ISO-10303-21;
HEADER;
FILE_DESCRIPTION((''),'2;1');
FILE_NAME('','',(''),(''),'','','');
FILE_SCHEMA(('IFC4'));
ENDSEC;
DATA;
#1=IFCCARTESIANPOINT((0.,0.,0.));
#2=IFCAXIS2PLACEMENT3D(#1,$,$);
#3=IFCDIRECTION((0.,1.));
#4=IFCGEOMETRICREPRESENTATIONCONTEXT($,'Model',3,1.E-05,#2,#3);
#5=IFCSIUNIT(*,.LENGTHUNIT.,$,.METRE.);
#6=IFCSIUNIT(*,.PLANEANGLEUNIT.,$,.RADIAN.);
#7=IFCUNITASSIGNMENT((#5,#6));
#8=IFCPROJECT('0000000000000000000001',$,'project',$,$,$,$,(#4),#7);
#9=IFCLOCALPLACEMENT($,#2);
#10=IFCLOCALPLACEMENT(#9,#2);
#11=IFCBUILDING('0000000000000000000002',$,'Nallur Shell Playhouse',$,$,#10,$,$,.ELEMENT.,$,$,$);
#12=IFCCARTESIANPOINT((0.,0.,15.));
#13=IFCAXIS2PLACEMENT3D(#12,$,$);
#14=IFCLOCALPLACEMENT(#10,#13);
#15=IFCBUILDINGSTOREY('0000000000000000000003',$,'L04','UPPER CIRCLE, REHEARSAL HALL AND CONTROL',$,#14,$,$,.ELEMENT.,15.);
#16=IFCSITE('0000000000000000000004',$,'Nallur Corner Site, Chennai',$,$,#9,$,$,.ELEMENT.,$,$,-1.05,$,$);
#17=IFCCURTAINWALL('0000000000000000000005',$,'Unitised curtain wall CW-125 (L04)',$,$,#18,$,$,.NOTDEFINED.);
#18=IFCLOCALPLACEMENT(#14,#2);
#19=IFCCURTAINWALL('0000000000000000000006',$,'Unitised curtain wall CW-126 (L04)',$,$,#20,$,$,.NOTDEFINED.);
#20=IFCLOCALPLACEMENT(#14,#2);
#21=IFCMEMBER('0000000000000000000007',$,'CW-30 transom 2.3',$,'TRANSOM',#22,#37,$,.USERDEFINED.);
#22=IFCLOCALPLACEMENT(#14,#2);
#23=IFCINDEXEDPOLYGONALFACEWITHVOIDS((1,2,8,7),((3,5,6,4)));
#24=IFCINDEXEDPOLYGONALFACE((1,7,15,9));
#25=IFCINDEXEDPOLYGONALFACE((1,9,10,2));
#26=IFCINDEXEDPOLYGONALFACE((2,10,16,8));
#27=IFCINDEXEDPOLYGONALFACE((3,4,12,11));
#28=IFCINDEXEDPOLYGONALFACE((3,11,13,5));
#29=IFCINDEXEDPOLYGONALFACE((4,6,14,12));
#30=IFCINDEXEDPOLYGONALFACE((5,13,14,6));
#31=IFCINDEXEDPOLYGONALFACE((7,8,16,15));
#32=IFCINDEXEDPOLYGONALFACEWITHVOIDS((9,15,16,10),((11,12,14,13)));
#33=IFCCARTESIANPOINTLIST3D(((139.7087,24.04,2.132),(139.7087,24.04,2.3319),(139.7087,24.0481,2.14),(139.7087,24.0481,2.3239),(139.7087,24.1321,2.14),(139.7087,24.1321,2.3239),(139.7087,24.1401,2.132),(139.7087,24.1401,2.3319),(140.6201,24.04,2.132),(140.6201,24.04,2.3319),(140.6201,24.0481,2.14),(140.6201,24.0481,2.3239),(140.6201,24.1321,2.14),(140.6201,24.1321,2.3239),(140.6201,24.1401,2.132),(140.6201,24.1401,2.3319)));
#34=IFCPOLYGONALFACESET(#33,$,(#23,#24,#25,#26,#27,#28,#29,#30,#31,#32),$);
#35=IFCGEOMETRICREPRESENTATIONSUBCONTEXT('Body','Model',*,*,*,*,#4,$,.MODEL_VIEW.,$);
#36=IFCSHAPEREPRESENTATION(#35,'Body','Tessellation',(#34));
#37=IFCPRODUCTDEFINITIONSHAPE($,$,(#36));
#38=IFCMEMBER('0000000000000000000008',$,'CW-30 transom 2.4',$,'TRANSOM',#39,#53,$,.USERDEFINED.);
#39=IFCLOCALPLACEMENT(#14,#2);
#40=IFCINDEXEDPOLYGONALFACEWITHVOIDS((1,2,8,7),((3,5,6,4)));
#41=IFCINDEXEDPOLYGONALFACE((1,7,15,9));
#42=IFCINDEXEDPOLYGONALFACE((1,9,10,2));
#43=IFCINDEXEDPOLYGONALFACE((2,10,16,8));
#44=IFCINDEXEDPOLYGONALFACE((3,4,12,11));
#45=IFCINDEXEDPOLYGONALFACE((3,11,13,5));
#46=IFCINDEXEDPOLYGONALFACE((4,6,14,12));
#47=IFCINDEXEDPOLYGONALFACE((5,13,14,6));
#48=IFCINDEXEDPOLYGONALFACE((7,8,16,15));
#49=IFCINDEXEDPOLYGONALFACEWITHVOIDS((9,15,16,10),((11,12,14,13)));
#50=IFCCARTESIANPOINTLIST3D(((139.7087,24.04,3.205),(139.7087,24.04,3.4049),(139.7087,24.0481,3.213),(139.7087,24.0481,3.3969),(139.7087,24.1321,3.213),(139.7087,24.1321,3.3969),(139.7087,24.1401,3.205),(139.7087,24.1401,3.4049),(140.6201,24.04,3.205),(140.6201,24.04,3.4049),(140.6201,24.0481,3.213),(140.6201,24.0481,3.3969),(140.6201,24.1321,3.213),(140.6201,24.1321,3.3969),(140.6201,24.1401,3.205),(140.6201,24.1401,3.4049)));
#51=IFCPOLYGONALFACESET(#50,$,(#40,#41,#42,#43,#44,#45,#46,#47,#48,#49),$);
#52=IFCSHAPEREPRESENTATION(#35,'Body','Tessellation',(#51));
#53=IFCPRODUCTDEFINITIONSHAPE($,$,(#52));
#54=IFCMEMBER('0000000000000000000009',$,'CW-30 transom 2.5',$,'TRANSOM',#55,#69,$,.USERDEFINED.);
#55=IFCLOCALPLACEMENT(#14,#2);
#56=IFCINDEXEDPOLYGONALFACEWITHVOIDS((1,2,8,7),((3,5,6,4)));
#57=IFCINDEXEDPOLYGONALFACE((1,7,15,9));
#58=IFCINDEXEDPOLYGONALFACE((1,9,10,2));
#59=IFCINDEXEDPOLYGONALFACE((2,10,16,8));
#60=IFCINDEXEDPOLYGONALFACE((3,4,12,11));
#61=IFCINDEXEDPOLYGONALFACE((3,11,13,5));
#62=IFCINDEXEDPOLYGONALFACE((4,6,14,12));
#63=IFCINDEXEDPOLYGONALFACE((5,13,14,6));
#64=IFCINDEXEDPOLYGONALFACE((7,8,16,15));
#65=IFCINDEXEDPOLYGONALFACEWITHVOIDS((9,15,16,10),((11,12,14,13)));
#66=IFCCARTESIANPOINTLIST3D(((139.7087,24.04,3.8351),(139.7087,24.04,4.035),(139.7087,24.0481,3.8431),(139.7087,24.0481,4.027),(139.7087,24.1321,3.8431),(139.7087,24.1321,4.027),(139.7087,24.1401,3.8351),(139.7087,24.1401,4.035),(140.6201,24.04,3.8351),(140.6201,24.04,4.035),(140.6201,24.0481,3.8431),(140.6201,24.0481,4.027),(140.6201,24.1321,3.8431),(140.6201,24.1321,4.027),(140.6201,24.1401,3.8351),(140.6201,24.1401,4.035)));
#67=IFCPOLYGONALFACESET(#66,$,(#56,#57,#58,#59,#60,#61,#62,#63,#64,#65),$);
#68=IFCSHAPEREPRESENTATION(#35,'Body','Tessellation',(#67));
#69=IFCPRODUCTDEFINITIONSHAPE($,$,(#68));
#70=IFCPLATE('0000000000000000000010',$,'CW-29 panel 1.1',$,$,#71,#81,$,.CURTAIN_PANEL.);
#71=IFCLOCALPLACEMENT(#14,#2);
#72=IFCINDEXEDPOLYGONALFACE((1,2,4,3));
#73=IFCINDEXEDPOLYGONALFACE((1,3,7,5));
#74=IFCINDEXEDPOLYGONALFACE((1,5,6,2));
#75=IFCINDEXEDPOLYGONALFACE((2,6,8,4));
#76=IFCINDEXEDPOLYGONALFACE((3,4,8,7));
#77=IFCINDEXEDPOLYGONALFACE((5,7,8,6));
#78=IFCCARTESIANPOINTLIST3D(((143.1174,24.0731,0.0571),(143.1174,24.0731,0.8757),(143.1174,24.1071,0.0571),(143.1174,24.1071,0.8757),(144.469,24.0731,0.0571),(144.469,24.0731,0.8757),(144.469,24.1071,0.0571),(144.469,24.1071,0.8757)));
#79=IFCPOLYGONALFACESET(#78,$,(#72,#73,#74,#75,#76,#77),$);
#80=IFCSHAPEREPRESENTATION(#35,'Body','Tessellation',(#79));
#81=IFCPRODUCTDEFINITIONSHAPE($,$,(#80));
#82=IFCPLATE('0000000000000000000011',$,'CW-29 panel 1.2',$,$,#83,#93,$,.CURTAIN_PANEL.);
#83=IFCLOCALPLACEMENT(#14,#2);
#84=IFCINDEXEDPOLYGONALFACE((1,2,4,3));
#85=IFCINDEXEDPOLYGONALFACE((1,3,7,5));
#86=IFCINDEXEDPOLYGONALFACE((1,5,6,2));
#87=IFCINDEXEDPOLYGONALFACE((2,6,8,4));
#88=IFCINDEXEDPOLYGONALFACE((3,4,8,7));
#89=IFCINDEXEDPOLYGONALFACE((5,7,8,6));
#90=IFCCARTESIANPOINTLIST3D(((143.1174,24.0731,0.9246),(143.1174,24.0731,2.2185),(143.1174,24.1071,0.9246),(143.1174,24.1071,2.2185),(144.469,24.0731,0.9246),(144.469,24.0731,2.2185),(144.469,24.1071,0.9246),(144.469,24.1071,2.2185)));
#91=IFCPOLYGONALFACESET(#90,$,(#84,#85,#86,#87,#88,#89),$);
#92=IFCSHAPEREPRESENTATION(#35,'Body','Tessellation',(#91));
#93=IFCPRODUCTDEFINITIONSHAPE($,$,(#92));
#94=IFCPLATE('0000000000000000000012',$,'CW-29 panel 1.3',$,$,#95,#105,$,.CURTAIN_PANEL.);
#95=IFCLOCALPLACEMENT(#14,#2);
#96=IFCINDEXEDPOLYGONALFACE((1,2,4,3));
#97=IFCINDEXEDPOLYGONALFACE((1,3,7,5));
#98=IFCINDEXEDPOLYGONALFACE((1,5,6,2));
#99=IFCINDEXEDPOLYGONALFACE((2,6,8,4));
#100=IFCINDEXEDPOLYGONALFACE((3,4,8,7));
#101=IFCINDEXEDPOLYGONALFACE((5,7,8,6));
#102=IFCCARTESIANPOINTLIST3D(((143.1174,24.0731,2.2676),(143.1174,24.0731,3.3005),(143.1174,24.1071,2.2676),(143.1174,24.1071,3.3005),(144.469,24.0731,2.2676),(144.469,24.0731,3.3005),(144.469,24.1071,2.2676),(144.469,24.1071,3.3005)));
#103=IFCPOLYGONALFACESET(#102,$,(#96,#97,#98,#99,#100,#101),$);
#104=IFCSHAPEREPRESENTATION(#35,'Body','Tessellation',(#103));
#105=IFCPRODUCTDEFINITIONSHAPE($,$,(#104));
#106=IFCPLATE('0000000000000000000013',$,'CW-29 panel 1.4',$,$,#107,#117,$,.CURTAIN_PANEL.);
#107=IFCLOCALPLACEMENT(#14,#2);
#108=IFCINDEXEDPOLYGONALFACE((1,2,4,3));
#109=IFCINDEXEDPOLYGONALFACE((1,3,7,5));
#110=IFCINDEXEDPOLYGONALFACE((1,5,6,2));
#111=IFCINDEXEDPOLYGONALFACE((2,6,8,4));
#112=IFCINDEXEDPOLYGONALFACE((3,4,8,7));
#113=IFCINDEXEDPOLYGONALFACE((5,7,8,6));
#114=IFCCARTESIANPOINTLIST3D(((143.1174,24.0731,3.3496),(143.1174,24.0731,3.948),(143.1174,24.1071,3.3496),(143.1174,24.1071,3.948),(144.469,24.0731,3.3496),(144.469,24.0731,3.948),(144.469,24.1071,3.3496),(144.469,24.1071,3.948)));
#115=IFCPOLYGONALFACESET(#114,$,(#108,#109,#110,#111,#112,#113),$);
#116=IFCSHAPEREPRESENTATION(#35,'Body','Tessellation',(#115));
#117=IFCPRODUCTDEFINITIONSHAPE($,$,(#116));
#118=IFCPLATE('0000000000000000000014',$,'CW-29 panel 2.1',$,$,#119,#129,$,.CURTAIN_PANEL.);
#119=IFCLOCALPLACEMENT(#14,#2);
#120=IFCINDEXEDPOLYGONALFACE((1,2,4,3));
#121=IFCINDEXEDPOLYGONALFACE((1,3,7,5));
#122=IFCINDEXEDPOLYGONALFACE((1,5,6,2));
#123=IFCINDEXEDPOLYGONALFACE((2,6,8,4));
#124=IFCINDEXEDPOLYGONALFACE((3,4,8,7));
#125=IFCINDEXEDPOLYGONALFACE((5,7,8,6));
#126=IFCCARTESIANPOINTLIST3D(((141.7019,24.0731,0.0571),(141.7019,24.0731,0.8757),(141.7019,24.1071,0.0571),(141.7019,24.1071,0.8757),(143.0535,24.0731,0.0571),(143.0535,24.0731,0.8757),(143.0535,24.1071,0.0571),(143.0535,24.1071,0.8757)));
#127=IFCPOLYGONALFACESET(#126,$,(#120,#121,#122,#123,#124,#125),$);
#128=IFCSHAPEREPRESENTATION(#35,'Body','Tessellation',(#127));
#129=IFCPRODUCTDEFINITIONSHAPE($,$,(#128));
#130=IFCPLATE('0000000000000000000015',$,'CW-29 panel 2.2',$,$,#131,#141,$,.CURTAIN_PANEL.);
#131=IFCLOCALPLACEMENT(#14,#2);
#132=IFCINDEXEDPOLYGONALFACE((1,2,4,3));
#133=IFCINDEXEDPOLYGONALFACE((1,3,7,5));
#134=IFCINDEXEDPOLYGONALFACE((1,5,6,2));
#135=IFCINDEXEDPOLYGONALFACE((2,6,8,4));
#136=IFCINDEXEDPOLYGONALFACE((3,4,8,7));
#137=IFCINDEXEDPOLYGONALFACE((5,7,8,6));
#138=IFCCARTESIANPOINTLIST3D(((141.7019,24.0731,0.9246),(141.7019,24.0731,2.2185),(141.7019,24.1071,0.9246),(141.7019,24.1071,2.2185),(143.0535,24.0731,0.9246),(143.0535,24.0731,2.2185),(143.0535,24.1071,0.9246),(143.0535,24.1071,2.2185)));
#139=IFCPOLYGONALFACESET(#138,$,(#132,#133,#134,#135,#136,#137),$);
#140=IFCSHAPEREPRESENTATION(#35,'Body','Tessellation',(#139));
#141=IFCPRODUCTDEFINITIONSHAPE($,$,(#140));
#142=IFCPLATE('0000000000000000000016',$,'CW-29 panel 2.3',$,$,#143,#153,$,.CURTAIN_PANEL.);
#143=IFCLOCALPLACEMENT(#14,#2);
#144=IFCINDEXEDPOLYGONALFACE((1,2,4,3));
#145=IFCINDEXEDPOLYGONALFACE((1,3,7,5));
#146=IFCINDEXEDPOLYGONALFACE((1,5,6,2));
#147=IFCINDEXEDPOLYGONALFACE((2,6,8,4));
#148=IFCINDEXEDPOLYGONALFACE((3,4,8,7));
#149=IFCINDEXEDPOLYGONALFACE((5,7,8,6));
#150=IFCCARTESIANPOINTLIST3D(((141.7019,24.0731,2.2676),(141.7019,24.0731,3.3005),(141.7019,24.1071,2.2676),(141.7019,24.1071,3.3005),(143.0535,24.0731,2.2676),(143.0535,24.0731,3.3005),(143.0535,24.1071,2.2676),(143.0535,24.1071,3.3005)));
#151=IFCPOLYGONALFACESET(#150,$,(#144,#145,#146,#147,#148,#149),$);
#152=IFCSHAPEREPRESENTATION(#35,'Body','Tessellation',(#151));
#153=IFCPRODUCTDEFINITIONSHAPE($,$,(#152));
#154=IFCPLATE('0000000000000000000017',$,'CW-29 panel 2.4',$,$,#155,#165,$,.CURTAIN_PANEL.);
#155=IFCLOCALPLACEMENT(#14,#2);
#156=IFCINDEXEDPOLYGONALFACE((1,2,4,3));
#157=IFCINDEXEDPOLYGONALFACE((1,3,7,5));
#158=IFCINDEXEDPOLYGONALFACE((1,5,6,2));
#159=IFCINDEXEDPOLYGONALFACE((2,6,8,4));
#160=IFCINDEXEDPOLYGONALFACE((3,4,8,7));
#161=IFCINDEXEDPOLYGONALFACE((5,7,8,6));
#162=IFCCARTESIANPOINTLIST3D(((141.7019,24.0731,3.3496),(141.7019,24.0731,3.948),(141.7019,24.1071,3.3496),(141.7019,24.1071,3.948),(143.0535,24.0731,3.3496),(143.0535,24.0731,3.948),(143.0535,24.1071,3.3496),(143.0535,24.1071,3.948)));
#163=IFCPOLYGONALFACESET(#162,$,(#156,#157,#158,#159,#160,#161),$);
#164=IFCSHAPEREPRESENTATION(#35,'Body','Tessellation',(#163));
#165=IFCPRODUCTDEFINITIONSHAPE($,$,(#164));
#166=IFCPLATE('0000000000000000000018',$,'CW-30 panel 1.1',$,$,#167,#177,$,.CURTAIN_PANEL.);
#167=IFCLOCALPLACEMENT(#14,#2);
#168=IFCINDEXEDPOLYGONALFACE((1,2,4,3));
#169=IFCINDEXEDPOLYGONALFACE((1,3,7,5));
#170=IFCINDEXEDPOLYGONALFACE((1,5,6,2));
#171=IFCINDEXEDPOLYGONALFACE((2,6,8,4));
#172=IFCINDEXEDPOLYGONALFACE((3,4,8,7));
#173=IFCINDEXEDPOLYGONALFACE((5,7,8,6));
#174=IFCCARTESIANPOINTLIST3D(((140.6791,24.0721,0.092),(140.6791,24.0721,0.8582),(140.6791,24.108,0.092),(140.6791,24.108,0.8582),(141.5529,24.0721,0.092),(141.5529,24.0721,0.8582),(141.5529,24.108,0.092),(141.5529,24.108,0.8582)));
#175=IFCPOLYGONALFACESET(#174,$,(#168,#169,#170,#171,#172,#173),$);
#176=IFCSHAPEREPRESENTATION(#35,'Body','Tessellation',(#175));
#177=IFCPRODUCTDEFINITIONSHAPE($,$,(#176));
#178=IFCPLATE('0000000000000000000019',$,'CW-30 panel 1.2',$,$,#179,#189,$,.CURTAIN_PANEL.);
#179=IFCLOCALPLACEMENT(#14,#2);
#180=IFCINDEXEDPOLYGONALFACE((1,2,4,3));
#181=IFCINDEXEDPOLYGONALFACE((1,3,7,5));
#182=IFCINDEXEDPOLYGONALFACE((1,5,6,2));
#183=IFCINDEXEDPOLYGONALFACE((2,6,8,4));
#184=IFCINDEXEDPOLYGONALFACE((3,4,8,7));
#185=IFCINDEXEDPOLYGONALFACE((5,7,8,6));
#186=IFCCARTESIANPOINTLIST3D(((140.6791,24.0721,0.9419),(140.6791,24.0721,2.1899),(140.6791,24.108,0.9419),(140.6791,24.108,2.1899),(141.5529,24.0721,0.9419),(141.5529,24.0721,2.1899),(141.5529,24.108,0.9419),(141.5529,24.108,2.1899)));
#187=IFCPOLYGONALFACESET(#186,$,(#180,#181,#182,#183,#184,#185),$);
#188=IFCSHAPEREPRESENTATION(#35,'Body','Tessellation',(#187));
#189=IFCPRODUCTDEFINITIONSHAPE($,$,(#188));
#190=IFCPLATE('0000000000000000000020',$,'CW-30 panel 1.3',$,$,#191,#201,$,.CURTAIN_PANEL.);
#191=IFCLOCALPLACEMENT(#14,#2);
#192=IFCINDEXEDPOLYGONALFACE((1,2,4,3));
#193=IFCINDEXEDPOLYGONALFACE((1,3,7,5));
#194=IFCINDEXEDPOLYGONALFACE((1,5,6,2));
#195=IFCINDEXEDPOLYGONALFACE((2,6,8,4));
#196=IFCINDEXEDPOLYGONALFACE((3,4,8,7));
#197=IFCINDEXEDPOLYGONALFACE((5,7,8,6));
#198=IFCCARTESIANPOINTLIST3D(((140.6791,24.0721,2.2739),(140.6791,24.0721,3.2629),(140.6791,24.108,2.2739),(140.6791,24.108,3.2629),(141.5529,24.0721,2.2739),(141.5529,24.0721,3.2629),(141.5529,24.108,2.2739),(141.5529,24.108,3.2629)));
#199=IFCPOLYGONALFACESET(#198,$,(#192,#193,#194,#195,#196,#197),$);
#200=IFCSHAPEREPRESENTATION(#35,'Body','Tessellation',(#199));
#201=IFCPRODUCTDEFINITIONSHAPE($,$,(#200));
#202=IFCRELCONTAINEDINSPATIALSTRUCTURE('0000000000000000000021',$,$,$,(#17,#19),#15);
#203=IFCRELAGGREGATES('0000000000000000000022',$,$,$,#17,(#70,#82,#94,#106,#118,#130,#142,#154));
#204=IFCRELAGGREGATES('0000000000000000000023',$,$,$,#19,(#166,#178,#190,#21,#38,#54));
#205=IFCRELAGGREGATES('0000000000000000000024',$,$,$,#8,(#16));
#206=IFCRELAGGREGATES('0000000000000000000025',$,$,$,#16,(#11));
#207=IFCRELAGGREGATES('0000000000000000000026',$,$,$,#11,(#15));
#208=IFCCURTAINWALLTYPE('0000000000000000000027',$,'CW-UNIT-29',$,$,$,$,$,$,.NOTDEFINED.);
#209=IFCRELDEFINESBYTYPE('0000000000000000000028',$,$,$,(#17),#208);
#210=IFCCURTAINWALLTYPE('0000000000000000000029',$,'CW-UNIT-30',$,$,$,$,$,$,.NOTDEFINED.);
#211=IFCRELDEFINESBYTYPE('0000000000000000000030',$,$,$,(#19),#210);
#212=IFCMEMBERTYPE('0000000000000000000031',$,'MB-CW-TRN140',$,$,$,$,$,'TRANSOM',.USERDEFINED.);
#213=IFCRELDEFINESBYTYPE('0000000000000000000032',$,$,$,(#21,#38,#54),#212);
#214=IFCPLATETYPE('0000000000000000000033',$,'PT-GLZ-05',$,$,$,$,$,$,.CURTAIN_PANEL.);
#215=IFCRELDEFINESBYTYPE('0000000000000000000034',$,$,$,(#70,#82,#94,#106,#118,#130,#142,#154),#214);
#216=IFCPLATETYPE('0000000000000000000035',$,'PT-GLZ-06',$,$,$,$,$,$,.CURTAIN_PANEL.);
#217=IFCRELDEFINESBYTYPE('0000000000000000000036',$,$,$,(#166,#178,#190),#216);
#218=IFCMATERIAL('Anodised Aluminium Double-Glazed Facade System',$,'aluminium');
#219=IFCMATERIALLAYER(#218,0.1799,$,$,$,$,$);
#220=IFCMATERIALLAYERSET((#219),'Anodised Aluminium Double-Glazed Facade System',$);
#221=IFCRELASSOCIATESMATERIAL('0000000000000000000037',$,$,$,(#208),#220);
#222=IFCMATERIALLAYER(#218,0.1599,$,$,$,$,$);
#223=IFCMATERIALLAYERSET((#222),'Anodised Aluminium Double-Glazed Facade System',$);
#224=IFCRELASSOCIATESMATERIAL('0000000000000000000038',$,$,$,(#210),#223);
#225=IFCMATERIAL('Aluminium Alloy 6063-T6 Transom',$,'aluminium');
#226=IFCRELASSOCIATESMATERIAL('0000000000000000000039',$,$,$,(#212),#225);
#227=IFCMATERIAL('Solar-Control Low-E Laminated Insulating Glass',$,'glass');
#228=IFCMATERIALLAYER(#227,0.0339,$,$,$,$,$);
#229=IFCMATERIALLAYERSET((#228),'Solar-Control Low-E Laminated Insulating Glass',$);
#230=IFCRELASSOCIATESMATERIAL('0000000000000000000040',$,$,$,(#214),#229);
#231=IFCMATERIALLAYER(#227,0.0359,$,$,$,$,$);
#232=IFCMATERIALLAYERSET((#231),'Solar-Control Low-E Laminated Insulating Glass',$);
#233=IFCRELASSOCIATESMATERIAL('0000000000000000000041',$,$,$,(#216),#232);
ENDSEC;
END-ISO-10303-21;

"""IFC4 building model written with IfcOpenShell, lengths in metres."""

from ifc_helpers import new_model, si_unit, direction, frame, origin, origin_2d, place, context, subcontext, project, spatial, rectangle, hollow_rectangle, extrude, material, layer, layer_set, material_profile, profile_set, type_object, element, aggregate, save


model = new_model("IFC4")

# Units and contexts
model_context = context("Model", 3, precision=1e-05, world=origin(), true_north=direction((0.0, 1.0)))
body_context = subcontext(model_context, "Body", "Model", "MODEL_VIEW")
ifc_project = project(units=[si_unit("LENGTHUNIT", "METRE"), si_unit("PLANEANGLEUNIT", "RADIAN")], contexts=[model_context])

# Site, building, storey
site_placement = place(None, origin())
site = spatial("IfcSite", under=ifc_project, at=site_placement, Name="Nallur Corner Site, Chennai", CompositionType="ELEMENT", RefElevation=-1.05)
building_placement = place(site_placement, origin())
building = spatial("IfcBuilding", under=site, at=building_placement, Name="Nallur Shell Playhouse", CompositionType="ELEMENT")
storey_placement = place(building_placement, frame((0.0, 0.0, 15.0)))
storey = spatial("IfcBuildingStorey", under=building, at=storey_placement, Name="L04", Description="UPPER CIRCLE, REHEARSAL HALL AND CONTROL", CompositionType="ELEMENT", Elevation=15.0)

# Curtain walls
ifc_material_1 = material(Name="Anodised Aluminium Double-Glazed Facade System", Category="aluminium")
ifc_layer_1 = layer(ifc_material_1, 0.1799)
ifc_layer_set_1 = layer_set([ifc_layer_1], Name="Anodised Aluminium Double-Glazed Facade System")
curtain_wall_type_1 = type_object("IfcCurtainWallType", Name="CW-UNIT-29", PredefinedType="NOTDEFINED", material=ifc_layer_set_1)
curtain_wall_1_placement = place(storey_placement, origin())
curtain_wall_1 = element("IfcCurtainWall", 1, at=curtain_wall_1_placement, inside=storey, type_object=curtain_wall_type_1, Name="Unitised curtain wall CW-125 (L04)", PredefinedType="NOTDEFINED")
ifc_layer_2 = layer(ifc_material_1, 0.1599)
ifc_layer_set_2 = layer_set([ifc_layer_2], Name="Anodised Aluminium Double-Glazed Facade System")
curtain_wall_type_2 = type_object("IfcCurtainWallType", Name="CW-UNIT-30", PredefinedType="NOTDEFINED", material=ifc_layer_set_2)
curtain_wall_2_placement = place(storey_placement, origin())
curtain_wall_2 = element("IfcCurtainWall", 2, at=curtain_wall_2_placement, inside=storey, type_object=curtain_wall_type_2, Name="Unitised curtain wall CW-126 (L04)", PredefinedType="NOTDEFINED")

# Members
ifc_material_2 = material(Name="Aluminium Alloy 6063-T6 Transom", Category="aluminium")
ifc_material_profile_1 = material_profile(ifc_material_2, hollow_rectangle(XDim=0.1001, YDim=0.2, WallThickness=0.0081, at=origin_2d()), Name="RHS 200x100x8")
ifc_profile_set_1 = profile_set([ifc_material_profile_1], Name="Aluminium Alloy 6063-T6 Transom")
member_type_1 = type_object("IfcMemberType", Name="MB-CW-TRN140", ElementType="TRANSOM", PredefinedType="USERDEFINED", material=ifc_profile_set_1)
member_1_placement = place(storey_placement, frame((140.6201, 24.0901, 2.2319), z_axis=(-1.0, 0.0, 0.0), x_axis=(0.0, -1.0, 0.0)))
member_1 = element("IfcMember", 3, at=member_1_placement, type_object=member_type_1, Name="CW-30 transom 2.3", ObjectType="TRANSOM", PredefinedType="USERDEFINED", context=body_context, shape_type="SweptSolid", body=[
    extrude(hollow_rectangle(XDim=0.1001, YDim=0.2, WallThickness=0.0081, at=origin_2d()), origin(), (0.0, 0.0, 1.0), 0.9114),
])
member_2_placement = place(storey_placement, frame((140.6201, 24.0901, 3.3049), z_axis=(-1.0, 0.0, 0.0), x_axis=(0.0, -1.0, 0.0)))
member_2 = element("IfcMember", 4, at=member_2_placement, type_object=member_type_1, Name="CW-30 transom 2.4", ObjectType="TRANSOM", PredefinedType="USERDEFINED", context=body_context, shape_type="SweptSolid", body=[
    extrude(hollow_rectangle(XDim=0.1001, YDim=0.2, WallThickness=0.0081, at=origin_2d()), origin(), (0.0, 0.0, 1.0), 0.9114),
])
member_3_placement = place(storey_placement, frame((140.6201, 24.0901, 3.9351), z_axis=(-1.0, 0.0, 0.0), x_axis=(0.0, -1.0, 0.0)))
member_3 = element("IfcMember", 5, at=member_3_placement, type_object=member_type_1, Name="CW-30 transom 2.5", ObjectType="TRANSOM", PredefinedType="USERDEFINED", context=body_context, shape_type="SweptSolid", body=[
    extrude(hollow_rectangle(XDim=0.1001, YDim=0.2, WallThickness=0.0081, at=origin_2d()), origin(), (0.0, 0.0, 1.0), 0.9114),
])

# Plates
ifc_material_3 = material(Name="Solar-Control Low-E Laminated Insulating Glass", Category="glass")
ifc_layer_3 = layer(ifc_material_3, 0.0339)
ifc_layer_set_3 = layer_set([ifc_layer_3], Name="Solar-Control Low-E Laminated Insulating Glass")
plate_type_1 = type_object("IfcPlateType", Name="PT-GLZ-05", PredefinedType="CURTAIN_PANEL", material=ifc_layer_set_3)
plate_1_placement = place(storey_placement, frame((143.7932, 24.0901, 0.0571), z_axis=(0.0, 0.0, 1.0), x_axis=(-1.0, 0.0, 0.0)))
plate_1 = element("IfcPlate", 6, at=plate_1_placement, type_object=plate_type_1, Name="CW-29 panel 1.1", PredefinedType="CURTAIN_PANEL", context=body_context, shape_type="SweptSolid", body=[
    extrude(rectangle(XDim=1.3516, YDim=0.0339, at=origin_2d()), origin(), (0.0, 0.0, 1.0), 0.8186),
])
plate_2_placement = place(storey_placement, frame((143.7932, 24.0901, 0.9246), z_axis=(0.0, 0.0, 1.0), x_axis=(-1.0, 0.0, 0.0)))
plate_2 = element("IfcPlate", 7, at=plate_2_placement, type_object=plate_type_1, Name="CW-29 panel 1.2", PredefinedType="CURTAIN_PANEL", context=body_context, shape_type="SweptSolid", body=[
    extrude(rectangle(XDim=1.3516, YDim=0.0339, at=origin_2d()), origin(), (0.0, 0.0, 1.0), 1.2939),
])
plate_3_placement = place(storey_placement, frame((143.7932, 24.0901, 2.2676), z_axis=(0.0, 0.0, 1.0), x_axis=(-1.0, 0.0, 0.0)))
plate_3 = element("IfcPlate", 8, at=plate_3_placement, type_object=plate_type_1, Name="CW-29 panel 1.3", PredefinedType="CURTAIN_PANEL", context=body_context, shape_type="SweptSolid", body=[
    extrude(rectangle(XDim=1.3516, YDim=0.0339, at=origin_2d()), origin(), (0.0, 0.0, 1.0), 1.033),
])
plate_4_placement = place(storey_placement, frame((143.7932, 24.0901, 3.3496), z_axis=(0.0, 0.0, 1.0), x_axis=(-1.0, 0.0, 0.0)))
plate_4 = element("IfcPlate", 9, at=plate_4_placement, type_object=plate_type_1, Name="CW-29 panel 1.4", PredefinedType="CURTAIN_PANEL", context=body_context, shape_type="SweptSolid", body=[
    extrude(rectangle(XDim=1.3516, YDim=0.0339, at=origin_2d()), origin(), (0.0, 0.0, 1.0), 0.5984),
])
plate_5_placement = place(storey_placement, frame((142.3777, 24.0901, 0.0571), z_axis=(0.0, 0.0, 1.0), x_axis=(-1.0, 0.0, 0.0)))
plate_5 = element("IfcPlate", 10, at=plate_5_placement, type_object=plate_type_1, Name="CW-29 panel 2.1", PredefinedType="CURTAIN_PANEL", context=body_context, shape_type="SweptSolid", body=[
    extrude(rectangle(XDim=1.3516, YDim=0.0339, at=origin_2d()), origin(), (0.0, 0.0, 1.0), 0.8186),
])
plate_6_placement = place(storey_placement, frame((142.3777, 24.0901, 0.9246), z_axis=(0.0, 0.0, 1.0), x_axis=(-1.0, 0.0, 0.0)))
plate_6 = element("IfcPlate", 11, at=plate_6_placement, type_object=plate_type_1, Name="CW-29 panel 2.2", PredefinedType="CURTAIN_PANEL", context=body_context, shape_type="SweptSolid", body=[
    extrude(rectangle(XDim=1.3516, YDim=0.0339, at=origin_2d()), origin(), (0.0, 0.0, 1.0), 1.2939),
])
plate_7_placement = place(storey_placement, frame((142.3777, 24.0901, 2.2676), z_axis=(0.0, 0.0, 1.0), x_axis=(-1.0, 0.0, 0.0)))
plate_7 = element("IfcPlate", 12, at=plate_7_placement, type_object=plate_type_1, Name="CW-29 panel 2.3", PredefinedType="CURTAIN_PANEL", context=body_context, shape_type="SweptSolid", body=[
    extrude(rectangle(XDim=1.3516, YDim=0.0339, at=origin_2d()), origin(), (0.0, 0.0, 1.0), 1.033),
])
plate_8_placement = place(storey_placement, frame((142.3777, 24.0901, 3.3496), z_axis=(0.0, 0.0, 1.0), x_axis=(-1.0, 0.0, 0.0)))
plate_8 = element("IfcPlate", 13, at=plate_8_placement, type_object=plate_type_1, Name="CW-29 panel 2.4", PredefinedType="CURTAIN_PANEL", context=body_context, shape_type="SweptSolid", body=[
    extrude(rectangle(XDim=1.3516, YDim=0.0339, at=origin_2d()), origin(), (0.0, 0.0, 1.0), 0.5984),
])
aggregate(curtain_wall_1, [plate_1, plate_2, plate_3, plate_4, plate_5, plate_6, plate_7, plate_8])
ifc_layer_4 = layer(ifc_material_3, 0.0359)
ifc_layer_set_4 = layer_set([ifc_layer_4], Name="Solar-Control Low-E Laminated Insulating Glass")
plate_type_2 = type_object("IfcPlateType", Name="PT-GLZ-06", PredefinedType="CURTAIN_PANEL", material=ifc_layer_set_4)
plate_9_placement = place(storey_placement, frame((141.116, 24.0901, 0.092), z_axis=(0.0, 0.0, 1.0), x_axis=(-1.0, 0.0, 0.0)))
plate_9 = element("IfcPlate", 14, at=plate_9_placement, type_object=plate_type_2, Name="CW-30 panel 1.1", PredefinedType="CURTAIN_PANEL", context=body_context, shape_type="SweptSolid", body=[
    extrude(rectangle(XDim=0.8738, YDim=0.0359, at=origin_2d()), origin(), (0.0, 0.0, 1.0), 0.7661),
])
plate_10_placement = place(storey_placement, frame((141.116, 24.0901, 0.9419), z_axis=(0.0, 0.0, 1.0), x_axis=(-1.0, 0.0, 0.0)))
plate_10 = element("IfcPlate", 15, at=plate_10_placement, type_object=plate_type_2, Name="CW-30 panel 1.2", PredefinedType="CURTAIN_PANEL", context=body_context, shape_type="SweptSolid", body=[
    extrude(rectangle(XDim=0.8738, YDim=0.0359, at=origin_2d()), origin(), (0.0, 0.0, 1.0), 1.248),
])
plate_11_placement = place(storey_placement, frame((141.116, 24.0901, 2.2739), z_axis=(0.0, 0.0, 1.0), x_axis=(-1.0, 0.0, 0.0)))
plate_11 = element("IfcPlate", 16, at=plate_11_placement, type_object=plate_type_2, Name="CW-30 panel 1.3", PredefinedType="CURTAIN_PANEL", context=body_context, shape_type="SweptSolid", body=[
    extrude(rectangle(XDim=0.8738, YDim=0.0359, at=origin_2d()), origin(), (0.0, 0.0, 1.0), 0.989),
])
aggregate(curtain_wall_2, [plate_9, plate_10, plate_11, member_1, member_2, member_3])

save(model, "model.ifc")
